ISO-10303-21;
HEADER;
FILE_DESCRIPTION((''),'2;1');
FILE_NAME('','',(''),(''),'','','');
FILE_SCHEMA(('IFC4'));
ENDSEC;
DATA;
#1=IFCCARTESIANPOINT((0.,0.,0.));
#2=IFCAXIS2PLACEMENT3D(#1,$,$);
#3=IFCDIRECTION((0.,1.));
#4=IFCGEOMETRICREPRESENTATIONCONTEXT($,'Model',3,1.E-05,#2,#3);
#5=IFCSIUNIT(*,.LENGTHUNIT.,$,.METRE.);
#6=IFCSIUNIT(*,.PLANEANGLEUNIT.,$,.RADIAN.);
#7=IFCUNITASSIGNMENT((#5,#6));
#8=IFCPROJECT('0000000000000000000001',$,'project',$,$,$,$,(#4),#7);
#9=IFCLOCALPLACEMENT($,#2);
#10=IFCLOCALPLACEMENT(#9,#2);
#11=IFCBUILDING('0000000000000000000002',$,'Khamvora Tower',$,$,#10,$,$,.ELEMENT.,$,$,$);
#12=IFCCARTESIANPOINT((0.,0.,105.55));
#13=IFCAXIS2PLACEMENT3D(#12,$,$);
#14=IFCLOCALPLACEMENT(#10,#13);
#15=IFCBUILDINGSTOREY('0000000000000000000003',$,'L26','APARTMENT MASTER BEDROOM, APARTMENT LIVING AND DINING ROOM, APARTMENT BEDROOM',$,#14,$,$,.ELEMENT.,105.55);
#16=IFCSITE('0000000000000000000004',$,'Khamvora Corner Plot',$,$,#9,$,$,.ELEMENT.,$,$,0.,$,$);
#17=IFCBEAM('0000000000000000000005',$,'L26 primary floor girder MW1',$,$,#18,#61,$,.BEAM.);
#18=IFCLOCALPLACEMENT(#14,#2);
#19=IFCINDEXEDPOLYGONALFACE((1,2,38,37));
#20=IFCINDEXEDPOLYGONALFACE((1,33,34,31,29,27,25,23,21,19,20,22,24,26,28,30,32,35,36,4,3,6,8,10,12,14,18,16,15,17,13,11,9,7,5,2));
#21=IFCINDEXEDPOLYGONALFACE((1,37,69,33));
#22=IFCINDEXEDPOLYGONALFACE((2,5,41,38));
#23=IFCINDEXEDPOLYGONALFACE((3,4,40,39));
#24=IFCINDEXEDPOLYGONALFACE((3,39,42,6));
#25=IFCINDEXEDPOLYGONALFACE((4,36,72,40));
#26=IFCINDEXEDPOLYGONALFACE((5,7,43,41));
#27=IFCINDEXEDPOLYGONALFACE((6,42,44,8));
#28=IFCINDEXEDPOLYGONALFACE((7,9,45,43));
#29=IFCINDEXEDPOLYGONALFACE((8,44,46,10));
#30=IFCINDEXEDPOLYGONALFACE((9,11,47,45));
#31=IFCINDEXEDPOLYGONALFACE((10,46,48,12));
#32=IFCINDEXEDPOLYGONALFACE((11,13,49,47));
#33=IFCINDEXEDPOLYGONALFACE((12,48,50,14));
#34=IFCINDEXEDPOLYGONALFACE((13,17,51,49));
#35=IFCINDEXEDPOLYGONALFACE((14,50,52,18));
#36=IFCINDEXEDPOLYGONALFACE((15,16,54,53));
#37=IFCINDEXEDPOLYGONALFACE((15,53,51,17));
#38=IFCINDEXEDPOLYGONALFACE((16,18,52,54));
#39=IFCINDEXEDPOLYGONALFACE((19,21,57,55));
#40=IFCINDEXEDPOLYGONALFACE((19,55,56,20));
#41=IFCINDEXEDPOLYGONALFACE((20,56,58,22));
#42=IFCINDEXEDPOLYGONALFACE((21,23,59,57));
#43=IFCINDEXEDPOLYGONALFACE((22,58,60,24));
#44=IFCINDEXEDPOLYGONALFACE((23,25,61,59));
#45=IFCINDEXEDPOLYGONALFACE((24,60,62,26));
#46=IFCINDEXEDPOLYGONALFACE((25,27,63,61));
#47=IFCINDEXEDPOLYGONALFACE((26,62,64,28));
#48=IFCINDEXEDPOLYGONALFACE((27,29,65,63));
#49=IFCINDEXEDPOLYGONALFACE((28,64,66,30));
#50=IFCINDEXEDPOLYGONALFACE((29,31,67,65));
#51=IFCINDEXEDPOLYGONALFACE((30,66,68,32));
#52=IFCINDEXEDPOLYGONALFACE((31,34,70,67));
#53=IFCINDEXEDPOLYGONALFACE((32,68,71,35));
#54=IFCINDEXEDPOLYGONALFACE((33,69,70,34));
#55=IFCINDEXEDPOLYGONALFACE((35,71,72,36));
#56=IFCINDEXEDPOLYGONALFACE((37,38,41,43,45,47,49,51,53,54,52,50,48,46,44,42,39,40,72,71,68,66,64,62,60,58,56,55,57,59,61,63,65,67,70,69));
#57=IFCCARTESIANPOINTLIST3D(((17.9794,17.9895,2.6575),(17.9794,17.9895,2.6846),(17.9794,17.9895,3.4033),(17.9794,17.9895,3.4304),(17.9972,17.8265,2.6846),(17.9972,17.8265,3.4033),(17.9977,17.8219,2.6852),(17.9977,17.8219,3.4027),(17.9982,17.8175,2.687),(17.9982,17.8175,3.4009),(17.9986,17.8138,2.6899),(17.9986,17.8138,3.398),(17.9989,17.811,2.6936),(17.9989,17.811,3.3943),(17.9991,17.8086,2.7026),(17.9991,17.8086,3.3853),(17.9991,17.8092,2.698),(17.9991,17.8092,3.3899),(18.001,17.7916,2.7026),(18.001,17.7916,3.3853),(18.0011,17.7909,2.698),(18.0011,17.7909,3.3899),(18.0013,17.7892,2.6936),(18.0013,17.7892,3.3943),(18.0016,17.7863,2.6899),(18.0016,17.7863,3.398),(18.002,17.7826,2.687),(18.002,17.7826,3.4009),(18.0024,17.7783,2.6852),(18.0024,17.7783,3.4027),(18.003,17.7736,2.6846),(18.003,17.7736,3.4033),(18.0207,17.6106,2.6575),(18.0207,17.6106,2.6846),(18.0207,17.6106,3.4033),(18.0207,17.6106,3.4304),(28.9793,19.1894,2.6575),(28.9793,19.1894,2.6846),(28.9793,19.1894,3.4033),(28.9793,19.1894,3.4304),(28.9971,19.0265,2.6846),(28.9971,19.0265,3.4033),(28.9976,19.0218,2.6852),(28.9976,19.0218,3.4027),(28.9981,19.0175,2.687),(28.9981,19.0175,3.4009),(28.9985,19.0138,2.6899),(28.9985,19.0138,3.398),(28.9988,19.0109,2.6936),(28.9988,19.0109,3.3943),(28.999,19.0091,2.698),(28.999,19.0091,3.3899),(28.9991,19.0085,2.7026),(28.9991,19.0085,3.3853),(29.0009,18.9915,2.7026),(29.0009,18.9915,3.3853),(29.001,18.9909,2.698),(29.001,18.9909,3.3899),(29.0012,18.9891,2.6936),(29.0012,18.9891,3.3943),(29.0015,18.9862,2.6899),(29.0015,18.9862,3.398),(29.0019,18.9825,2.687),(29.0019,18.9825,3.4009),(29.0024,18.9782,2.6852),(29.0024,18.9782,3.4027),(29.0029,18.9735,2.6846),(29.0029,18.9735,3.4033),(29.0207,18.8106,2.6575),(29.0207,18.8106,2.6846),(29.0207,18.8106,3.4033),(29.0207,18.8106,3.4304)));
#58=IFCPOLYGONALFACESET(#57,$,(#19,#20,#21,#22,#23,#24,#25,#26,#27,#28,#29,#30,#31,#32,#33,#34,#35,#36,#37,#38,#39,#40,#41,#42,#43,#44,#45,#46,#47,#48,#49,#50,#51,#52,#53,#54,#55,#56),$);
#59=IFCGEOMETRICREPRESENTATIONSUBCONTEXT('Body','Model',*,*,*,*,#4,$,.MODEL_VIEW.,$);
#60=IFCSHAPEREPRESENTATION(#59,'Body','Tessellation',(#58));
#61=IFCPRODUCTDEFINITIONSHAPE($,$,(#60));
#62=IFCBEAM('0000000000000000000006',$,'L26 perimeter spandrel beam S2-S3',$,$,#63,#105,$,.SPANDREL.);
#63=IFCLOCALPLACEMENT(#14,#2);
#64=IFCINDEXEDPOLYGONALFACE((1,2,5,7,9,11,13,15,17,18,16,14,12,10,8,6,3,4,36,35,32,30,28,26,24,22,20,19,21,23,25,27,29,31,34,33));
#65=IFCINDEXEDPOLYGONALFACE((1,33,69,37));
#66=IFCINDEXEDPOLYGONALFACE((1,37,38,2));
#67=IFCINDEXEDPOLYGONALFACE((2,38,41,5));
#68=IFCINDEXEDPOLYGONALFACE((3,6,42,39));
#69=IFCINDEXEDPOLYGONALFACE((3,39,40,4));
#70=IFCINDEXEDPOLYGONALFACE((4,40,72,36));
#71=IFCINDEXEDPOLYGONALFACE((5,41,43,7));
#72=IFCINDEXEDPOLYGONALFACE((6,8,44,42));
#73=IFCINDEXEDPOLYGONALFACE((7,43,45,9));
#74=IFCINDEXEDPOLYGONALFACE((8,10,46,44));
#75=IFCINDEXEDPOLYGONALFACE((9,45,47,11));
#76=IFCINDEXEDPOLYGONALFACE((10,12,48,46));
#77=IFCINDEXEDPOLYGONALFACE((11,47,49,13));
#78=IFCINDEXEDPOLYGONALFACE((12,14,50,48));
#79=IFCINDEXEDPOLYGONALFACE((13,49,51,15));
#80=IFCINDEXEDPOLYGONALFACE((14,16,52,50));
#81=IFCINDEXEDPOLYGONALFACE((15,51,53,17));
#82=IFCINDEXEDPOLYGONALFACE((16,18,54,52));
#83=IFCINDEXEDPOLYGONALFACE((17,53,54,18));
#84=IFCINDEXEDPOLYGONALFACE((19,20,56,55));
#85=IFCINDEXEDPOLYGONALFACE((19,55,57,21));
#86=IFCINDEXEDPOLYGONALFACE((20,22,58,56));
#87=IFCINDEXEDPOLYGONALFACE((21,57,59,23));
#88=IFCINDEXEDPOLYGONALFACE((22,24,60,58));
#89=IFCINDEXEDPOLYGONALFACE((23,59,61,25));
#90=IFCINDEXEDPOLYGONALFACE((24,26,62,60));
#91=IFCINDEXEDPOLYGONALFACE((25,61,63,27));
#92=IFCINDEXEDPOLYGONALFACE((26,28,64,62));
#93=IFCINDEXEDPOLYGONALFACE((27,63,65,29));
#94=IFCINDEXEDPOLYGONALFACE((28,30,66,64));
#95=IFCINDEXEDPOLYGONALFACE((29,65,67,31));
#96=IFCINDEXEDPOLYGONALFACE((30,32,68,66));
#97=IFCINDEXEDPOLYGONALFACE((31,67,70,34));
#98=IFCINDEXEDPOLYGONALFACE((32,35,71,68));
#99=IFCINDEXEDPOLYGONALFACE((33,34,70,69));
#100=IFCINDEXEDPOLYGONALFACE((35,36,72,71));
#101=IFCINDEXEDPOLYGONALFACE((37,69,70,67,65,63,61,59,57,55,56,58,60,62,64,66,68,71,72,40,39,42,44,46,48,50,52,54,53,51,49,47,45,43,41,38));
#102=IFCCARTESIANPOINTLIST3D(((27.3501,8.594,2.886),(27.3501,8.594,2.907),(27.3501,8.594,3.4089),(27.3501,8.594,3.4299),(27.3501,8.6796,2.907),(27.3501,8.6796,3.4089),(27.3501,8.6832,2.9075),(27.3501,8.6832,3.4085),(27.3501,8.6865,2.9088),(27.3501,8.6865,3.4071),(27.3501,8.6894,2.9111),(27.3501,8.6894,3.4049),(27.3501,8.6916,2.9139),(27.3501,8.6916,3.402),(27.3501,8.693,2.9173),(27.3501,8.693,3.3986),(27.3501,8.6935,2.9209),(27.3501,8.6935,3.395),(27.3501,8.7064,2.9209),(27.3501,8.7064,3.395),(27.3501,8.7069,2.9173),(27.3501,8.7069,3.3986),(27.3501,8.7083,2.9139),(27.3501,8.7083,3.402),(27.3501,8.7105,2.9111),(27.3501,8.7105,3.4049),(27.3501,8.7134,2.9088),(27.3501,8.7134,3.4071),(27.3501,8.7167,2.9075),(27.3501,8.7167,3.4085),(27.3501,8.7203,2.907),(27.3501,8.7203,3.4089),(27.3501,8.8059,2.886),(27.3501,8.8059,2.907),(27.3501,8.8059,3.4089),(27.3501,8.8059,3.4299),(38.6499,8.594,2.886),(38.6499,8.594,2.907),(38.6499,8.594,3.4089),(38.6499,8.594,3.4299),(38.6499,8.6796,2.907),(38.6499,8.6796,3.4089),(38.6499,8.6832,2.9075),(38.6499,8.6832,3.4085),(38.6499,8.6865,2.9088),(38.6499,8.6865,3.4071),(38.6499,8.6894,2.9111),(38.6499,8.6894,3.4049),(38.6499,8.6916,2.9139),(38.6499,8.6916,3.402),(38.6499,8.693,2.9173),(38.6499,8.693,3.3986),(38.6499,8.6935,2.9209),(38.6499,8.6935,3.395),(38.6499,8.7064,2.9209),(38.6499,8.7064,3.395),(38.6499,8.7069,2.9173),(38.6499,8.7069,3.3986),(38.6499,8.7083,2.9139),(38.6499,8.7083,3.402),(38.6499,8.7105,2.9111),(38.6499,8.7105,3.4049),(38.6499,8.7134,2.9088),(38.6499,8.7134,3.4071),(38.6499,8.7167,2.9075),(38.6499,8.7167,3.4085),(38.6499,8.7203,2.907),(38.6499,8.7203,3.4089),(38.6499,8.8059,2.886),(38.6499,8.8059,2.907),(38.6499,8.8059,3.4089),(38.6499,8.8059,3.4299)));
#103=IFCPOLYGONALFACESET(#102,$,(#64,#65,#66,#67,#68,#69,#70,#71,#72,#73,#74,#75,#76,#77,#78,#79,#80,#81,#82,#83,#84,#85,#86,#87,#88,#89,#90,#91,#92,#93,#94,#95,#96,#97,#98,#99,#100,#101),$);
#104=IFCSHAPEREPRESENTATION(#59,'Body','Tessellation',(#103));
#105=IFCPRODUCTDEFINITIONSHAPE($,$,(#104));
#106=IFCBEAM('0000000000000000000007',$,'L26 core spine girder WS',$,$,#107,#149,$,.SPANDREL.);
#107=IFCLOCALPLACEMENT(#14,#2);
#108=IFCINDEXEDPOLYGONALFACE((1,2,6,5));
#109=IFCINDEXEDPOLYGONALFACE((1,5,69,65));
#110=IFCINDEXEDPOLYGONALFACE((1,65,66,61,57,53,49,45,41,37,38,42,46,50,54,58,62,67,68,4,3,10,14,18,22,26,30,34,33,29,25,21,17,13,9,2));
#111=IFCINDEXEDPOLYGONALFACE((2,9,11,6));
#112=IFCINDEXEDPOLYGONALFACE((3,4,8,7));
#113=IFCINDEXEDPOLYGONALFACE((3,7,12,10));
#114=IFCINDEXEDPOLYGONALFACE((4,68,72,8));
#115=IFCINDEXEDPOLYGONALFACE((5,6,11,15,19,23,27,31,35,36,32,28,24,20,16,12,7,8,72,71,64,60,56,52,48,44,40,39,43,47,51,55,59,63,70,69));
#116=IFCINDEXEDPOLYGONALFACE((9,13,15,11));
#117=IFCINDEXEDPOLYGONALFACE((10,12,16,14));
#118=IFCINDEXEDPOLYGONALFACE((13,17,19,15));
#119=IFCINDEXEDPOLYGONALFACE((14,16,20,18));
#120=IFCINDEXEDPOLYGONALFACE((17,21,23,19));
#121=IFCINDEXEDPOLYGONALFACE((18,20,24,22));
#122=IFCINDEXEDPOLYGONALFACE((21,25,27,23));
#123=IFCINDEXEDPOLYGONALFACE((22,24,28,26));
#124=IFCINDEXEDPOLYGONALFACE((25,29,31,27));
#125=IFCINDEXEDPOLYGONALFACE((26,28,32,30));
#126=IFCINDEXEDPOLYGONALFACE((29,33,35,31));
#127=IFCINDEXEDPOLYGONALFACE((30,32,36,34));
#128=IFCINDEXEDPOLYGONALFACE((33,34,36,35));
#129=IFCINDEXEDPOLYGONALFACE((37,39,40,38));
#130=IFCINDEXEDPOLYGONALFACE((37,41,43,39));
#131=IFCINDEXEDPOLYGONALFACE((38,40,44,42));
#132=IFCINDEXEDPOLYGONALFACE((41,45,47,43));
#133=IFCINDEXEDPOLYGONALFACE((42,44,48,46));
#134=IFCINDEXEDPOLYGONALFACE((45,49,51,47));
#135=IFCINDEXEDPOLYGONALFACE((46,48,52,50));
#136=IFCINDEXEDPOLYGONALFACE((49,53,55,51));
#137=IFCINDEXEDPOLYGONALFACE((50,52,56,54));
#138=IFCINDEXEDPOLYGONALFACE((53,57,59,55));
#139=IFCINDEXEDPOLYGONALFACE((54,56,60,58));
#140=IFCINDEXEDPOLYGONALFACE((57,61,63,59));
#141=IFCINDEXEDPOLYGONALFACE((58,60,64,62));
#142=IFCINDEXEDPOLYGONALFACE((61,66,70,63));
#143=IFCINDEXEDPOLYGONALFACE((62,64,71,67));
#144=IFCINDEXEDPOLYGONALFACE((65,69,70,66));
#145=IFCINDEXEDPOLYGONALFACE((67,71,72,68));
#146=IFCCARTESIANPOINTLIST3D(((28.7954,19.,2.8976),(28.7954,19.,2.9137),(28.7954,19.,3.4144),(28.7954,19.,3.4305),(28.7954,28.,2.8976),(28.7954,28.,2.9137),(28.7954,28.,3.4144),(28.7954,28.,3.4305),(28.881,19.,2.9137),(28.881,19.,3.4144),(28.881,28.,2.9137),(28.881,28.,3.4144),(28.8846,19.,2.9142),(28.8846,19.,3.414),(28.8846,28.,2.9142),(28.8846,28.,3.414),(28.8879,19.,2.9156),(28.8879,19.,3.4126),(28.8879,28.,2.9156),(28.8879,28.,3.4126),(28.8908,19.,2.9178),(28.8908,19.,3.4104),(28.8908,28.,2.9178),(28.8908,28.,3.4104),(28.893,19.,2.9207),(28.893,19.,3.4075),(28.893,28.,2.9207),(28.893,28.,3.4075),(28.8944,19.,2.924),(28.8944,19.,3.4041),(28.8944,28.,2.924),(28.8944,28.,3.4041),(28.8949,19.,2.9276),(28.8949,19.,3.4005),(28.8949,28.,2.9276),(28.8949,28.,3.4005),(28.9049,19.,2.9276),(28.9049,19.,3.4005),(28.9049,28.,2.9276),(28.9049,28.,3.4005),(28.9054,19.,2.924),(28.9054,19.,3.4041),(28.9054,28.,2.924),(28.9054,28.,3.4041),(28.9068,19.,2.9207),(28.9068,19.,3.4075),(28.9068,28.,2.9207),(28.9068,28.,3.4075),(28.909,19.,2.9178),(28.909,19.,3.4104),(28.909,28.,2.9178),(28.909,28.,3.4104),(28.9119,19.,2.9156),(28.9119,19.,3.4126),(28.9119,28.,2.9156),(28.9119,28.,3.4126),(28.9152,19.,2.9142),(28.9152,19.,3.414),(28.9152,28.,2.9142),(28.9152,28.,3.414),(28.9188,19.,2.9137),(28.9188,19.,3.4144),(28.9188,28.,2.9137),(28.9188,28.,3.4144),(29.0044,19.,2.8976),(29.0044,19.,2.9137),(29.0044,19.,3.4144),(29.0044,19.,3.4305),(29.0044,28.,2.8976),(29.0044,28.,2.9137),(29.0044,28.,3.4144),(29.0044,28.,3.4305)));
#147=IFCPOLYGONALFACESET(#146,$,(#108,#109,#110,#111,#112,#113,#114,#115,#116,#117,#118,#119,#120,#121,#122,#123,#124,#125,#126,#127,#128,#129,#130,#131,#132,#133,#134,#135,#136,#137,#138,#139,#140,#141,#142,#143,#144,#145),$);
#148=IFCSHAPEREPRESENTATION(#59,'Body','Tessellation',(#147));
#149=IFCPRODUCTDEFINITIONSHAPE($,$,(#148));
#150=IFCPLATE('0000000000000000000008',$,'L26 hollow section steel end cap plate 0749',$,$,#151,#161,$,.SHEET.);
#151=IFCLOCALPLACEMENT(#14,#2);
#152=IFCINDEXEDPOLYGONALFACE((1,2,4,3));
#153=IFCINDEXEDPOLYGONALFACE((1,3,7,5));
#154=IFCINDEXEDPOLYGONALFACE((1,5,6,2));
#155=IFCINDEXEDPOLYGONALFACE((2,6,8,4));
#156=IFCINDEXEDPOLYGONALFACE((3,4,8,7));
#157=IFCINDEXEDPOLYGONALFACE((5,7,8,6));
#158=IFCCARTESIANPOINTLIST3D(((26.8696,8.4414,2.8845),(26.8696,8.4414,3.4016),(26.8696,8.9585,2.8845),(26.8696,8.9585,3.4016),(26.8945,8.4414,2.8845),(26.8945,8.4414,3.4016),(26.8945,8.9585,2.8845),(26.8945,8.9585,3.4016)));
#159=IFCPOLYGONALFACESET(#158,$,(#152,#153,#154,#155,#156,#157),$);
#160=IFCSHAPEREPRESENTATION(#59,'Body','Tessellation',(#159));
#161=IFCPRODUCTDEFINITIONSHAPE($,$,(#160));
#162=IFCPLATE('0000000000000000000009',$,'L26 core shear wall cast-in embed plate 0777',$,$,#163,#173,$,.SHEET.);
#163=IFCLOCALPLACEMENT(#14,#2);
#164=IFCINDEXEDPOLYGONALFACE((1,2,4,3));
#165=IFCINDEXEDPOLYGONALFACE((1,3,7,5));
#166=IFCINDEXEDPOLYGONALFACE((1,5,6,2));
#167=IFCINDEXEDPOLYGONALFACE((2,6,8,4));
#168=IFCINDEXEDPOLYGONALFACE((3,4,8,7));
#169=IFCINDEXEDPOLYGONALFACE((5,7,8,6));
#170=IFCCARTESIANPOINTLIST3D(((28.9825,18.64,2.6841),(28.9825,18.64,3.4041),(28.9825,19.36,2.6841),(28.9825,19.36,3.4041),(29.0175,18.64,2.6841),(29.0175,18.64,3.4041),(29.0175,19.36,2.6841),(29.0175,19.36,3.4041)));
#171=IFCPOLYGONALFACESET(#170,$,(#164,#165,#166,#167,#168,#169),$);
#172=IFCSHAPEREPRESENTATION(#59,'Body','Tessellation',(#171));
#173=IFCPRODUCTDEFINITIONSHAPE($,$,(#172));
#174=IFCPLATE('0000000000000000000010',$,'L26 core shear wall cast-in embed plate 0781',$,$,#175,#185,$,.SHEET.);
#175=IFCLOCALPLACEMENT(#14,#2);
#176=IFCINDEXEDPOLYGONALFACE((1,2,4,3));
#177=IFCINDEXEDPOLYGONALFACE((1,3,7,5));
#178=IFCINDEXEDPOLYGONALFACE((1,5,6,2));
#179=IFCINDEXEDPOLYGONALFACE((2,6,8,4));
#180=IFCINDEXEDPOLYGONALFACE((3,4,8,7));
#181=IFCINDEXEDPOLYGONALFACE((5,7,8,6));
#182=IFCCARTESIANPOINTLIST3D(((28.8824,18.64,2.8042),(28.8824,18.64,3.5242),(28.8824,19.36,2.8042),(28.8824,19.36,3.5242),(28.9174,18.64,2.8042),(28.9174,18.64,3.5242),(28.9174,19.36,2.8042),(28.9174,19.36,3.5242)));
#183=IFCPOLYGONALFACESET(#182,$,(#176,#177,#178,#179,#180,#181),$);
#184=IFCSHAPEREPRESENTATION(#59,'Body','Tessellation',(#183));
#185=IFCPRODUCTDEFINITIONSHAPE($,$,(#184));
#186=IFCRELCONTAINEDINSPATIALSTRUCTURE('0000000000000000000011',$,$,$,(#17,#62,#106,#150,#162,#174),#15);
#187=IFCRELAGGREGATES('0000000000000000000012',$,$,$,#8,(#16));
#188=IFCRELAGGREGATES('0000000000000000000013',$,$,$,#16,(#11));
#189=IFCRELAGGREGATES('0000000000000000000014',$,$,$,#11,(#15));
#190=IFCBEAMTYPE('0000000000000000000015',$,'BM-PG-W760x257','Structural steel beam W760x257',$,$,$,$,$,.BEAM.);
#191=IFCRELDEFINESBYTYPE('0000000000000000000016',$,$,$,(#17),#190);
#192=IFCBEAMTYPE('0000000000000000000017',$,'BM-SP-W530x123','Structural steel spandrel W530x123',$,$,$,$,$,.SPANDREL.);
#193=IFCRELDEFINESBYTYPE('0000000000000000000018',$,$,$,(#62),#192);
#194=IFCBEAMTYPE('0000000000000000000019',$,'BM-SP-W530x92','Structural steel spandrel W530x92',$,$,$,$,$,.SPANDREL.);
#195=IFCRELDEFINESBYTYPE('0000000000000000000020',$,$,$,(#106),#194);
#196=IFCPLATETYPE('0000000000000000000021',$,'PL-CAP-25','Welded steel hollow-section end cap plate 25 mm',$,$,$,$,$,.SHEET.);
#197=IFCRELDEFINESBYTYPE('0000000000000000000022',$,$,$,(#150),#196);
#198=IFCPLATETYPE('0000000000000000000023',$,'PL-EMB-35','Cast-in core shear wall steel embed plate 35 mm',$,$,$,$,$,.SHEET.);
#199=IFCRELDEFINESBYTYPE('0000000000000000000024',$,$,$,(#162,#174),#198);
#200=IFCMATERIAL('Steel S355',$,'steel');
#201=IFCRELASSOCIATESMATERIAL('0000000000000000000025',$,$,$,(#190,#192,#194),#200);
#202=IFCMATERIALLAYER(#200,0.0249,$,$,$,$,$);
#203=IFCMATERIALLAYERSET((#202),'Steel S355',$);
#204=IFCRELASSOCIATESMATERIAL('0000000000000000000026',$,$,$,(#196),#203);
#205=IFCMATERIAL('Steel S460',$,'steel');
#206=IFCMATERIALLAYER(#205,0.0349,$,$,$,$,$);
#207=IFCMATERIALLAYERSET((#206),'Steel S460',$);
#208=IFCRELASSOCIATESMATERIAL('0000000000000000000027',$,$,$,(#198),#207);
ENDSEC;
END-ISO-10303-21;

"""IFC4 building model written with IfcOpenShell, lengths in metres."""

from ifc_helpers import new_model, si_unit, direction, frame, origin, origin_2d, place, context, subcontext, project, spatial, rectangle, i_section, extrude, material, layer, layer_set, material_profile, profile_set, type_object, element, save


model = new_model("IFC4")

# Units and contexts
model_context = context("Model", 3, precision=1e-05, world=origin(), true_north=direction((0.0, 1.0)))
body_context = subcontext(model_context, "Body", "Model", "MODEL_VIEW")
ifc_project = project(units=[si_unit("LENGTHUNIT", "METRE"), si_unit("PLANEANGLEUNIT", "RADIAN")], contexts=[model_context])

# Site, building, storey
site_placement = place(None, origin())
site = spatial("IfcSite", under=ifc_project, at=site_placement, Name="Khamvora Corner Plot", CompositionType="ELEMENT", RefElevation=0.0)
building_placement = place(site_placement, origin())
building = spatial("IfcBuilding", under=site, at=building_placement, Name="Khamvora Tower", CompositionType="ELEMENT")
storey_placement = place(building_placement, frame((0.0, 0.0, 105.55)))
storey = spatial("IfcBuildingStorey", under=building, at=storey_placement, Name="L26", Description="APARTMENT MASTER BEDROOM, APARTMENT LIVING AND DINING ROOM, APARTMENT BEDROOM", CompositionType="ELEMENT", Elevation=105.55)

# Shared definitions
ifc_material_1 = material(Name="Steel S355", Category="steel")
ifc_material_2 = material(Name="Steel S460", Category="steel")

# Beams
ifc_material_profile_1 = material_profile(ifc_material_1, i_section(OverallWidth=0.3811, OverallDepth=0.7729, WebThickness=0.0171, FlangeThickness=0.0271, FilletRadius=0.0181, at=origin_2d()), Name="W760x257")
ifc_profile_set_1 = profile_set([ifc_material_profile_1], Name="Steel S355")
beam_type_1 = type_object("IfcBeamType", Name="BM-PG-W760x257", Description="Structural steel beam W760x257", PredefinedType="BEAM", material=ifc_profile_set_1)
beam_1_placement = place(storey_placement, frame((29.0, 19.0, 3.0439), z_axis=(-0.994103, -0.108443, 0.0), x_axis=(0.108443, -0.994103, 0.0)))
element("IfcBeam", 1, at=beam_1_placement, inside=storey, type_object=beam_type_1, Name="L26 primary floor girder MW1", PredefinedType="BEAM", context=body_context, shape_type="SweptSolid", body=[
    extrude(i_section(OverallWidth=0.3811, OverallDepth=0.7729, WebThickness=0.0171, FlangeThickness=0.0271, FilletRadius=0.0181, at=origin_2d()), origin(), (0.0, 0.0, 1.0), 11.0652),
])
ifc_material_profile_2 = material_profile(ifc_material_1, i_section(OverallWidth=0.2119, OverallDepth=0.5439, WebThickness=0.0129, FlangeThickness=0.021, FilletRadius=0.0139, at=origin_2d()), Name="W530x123")
ifc_profile_set_2 = profile_set([ifc_material_profile_2], Name="Steel S355")
beam_type_2 = type_object("IfcBeamType", Name="BM-SP-W530x123", Description="Structural steel spandrel W530x123", PredefinedType="SPANDREL", material=ifc_profile_set_2)
beam_2_placement = place(storey_placement, frame((27.3501, 8.7, 3.158), z_axis=(1.0, 0.0, 0.0), x_axis=(0.0, 1.0, 0.0)))
element("IfcBeam", 2, at=beam_2_placement, inside=storey, type_object=beam_type_2, Name="L26 perimeter spandrel beam S2-S3", PredefinedType="SPANDREL", context=body_context, shape_type="SweptSolid", body=[
    extrude(i_section(OverallWidth=0.2119, OverallDepth=0.5439, WebThickness=0.0129, FlangeThickness=0.021, FilletRadius=0.0139, at=origin_2d()), origin(), (0.0, 0.0, 1.0), 11.2998),
])
ifc_material_profile_3 = material_profile(ifc_material_1, i_section(OverallWidth=0.209, OverallDepth=0.533, WebThickness=0.01, FlangeThickness=0.0161, FilletRadius=0.0139, at=origin_2d()), Name="W530x92")
ifc_profile_set_3 = profile_set([ifc_material_profile_3], Name="Steel S355")
beam_type_3 = type_object("IfcBeamType", Name="BM-SP-W530x92", Description="Structural steel spandrel W530x92", PredefinedType="SPANDREL", material=ifc_profile_set_3)
beam_3_placement = place(storey_placement, frame((28.8999, 19.0, 3.1641), z_axis=(0.0, 1.0, 0.0), x_axis=(-1.0, 0.0, 0.0)))
element("IfcBeam", 3, at=beam_3_placement, inside=storey, type_object=beam_type_3, Name="L26 core spine girder WS", PredefinedType="SPANDREL", context=body_context, shape_type="SweptSolid", body=[
    extrude(i_section(OverallWidth=0.209, OverallDepth=0.533, WebThickness=0.01, FlangeThickness=0.0161, FilletRadius=0.0139, at=origin_2d()), origin(), (0.0, 0.0, 1.0), 9.0),
])

# Plates
ifc_layer_1 = layer(ifc_material_1, 0.0249)
ifc_layer_set_1 = layer_set([ifc_layer_1], Name="Steel S355")
plate_type_1 = type_object("IfcPlateType", Name="PL-CAP-25", Description="Welded steel hollow-section end cap plate 25 mm", PredefinedType="SHEET", material=ifc_layer_set_1)
plate_1_placement = place(storey_placement, frame((26.8821, 8.7, 2.8845), z_axis=(0.0, 0.0, 1.0), x_axis=(1.0, 0.0, 0.0)))
element("IfcPlate", 4, at=plate_1_placement, inside=storey, type_object=plate_type_1, Name="L26 hollow section steel end cap plate 0749", PredefinedType="SHEET", context=body_context, shape_type="SweptSolid", body=[
    extrude(rectangle(XDim=0.0249, YDim=0.5171, at=origin_2d()), origin(), (0.0, 0.0, 1.0), 0.5171),
])
ifc_layer_2 = layer(ifc_material_2, 0.0349)
ifc_layer_set_2 = layer_set([ifc_layer_2], Name="Steel S460")
plate_type_2 = type_object("IfcPlateType", Name="PL-EMB-35", Description="Cast-in core shear wall steel embed plate 35 mm", PredefinedType="SHEET", material=ifc_layer_set_2)
for number, where, z_axis, x_axis, name in (
    (5, (29.0, 19.0, 2.6841), (0.0, 0.0, 1.0), (1.0, 0.0, 0.0), "L26 core shear wall cast-in embed plate 0777"),
    (6, (28.8999, 19.0, 2.8042), (0.0, 0.0, 1.0), (1.0, 0.0, 0.0), "L26 core shear wall cast-in embed plate 0781"),
):
    element("IfcPlate", number, at=place(storey_placement, frame(where, z_axis=z_axis, x_axis=x_axis)), inside=storey, type_object=plate_type_2, Name=name, PredefinedType="SHEET", context=body_context, shape_type="SweptSolid", body=[
        extrude(rectangle(XDim=0.0349, YDim=0.72, at=origin_2d()), origin(), (0.0, 0.0, 1.0), 0.72),
    ])

save(model, "model.ifc")
